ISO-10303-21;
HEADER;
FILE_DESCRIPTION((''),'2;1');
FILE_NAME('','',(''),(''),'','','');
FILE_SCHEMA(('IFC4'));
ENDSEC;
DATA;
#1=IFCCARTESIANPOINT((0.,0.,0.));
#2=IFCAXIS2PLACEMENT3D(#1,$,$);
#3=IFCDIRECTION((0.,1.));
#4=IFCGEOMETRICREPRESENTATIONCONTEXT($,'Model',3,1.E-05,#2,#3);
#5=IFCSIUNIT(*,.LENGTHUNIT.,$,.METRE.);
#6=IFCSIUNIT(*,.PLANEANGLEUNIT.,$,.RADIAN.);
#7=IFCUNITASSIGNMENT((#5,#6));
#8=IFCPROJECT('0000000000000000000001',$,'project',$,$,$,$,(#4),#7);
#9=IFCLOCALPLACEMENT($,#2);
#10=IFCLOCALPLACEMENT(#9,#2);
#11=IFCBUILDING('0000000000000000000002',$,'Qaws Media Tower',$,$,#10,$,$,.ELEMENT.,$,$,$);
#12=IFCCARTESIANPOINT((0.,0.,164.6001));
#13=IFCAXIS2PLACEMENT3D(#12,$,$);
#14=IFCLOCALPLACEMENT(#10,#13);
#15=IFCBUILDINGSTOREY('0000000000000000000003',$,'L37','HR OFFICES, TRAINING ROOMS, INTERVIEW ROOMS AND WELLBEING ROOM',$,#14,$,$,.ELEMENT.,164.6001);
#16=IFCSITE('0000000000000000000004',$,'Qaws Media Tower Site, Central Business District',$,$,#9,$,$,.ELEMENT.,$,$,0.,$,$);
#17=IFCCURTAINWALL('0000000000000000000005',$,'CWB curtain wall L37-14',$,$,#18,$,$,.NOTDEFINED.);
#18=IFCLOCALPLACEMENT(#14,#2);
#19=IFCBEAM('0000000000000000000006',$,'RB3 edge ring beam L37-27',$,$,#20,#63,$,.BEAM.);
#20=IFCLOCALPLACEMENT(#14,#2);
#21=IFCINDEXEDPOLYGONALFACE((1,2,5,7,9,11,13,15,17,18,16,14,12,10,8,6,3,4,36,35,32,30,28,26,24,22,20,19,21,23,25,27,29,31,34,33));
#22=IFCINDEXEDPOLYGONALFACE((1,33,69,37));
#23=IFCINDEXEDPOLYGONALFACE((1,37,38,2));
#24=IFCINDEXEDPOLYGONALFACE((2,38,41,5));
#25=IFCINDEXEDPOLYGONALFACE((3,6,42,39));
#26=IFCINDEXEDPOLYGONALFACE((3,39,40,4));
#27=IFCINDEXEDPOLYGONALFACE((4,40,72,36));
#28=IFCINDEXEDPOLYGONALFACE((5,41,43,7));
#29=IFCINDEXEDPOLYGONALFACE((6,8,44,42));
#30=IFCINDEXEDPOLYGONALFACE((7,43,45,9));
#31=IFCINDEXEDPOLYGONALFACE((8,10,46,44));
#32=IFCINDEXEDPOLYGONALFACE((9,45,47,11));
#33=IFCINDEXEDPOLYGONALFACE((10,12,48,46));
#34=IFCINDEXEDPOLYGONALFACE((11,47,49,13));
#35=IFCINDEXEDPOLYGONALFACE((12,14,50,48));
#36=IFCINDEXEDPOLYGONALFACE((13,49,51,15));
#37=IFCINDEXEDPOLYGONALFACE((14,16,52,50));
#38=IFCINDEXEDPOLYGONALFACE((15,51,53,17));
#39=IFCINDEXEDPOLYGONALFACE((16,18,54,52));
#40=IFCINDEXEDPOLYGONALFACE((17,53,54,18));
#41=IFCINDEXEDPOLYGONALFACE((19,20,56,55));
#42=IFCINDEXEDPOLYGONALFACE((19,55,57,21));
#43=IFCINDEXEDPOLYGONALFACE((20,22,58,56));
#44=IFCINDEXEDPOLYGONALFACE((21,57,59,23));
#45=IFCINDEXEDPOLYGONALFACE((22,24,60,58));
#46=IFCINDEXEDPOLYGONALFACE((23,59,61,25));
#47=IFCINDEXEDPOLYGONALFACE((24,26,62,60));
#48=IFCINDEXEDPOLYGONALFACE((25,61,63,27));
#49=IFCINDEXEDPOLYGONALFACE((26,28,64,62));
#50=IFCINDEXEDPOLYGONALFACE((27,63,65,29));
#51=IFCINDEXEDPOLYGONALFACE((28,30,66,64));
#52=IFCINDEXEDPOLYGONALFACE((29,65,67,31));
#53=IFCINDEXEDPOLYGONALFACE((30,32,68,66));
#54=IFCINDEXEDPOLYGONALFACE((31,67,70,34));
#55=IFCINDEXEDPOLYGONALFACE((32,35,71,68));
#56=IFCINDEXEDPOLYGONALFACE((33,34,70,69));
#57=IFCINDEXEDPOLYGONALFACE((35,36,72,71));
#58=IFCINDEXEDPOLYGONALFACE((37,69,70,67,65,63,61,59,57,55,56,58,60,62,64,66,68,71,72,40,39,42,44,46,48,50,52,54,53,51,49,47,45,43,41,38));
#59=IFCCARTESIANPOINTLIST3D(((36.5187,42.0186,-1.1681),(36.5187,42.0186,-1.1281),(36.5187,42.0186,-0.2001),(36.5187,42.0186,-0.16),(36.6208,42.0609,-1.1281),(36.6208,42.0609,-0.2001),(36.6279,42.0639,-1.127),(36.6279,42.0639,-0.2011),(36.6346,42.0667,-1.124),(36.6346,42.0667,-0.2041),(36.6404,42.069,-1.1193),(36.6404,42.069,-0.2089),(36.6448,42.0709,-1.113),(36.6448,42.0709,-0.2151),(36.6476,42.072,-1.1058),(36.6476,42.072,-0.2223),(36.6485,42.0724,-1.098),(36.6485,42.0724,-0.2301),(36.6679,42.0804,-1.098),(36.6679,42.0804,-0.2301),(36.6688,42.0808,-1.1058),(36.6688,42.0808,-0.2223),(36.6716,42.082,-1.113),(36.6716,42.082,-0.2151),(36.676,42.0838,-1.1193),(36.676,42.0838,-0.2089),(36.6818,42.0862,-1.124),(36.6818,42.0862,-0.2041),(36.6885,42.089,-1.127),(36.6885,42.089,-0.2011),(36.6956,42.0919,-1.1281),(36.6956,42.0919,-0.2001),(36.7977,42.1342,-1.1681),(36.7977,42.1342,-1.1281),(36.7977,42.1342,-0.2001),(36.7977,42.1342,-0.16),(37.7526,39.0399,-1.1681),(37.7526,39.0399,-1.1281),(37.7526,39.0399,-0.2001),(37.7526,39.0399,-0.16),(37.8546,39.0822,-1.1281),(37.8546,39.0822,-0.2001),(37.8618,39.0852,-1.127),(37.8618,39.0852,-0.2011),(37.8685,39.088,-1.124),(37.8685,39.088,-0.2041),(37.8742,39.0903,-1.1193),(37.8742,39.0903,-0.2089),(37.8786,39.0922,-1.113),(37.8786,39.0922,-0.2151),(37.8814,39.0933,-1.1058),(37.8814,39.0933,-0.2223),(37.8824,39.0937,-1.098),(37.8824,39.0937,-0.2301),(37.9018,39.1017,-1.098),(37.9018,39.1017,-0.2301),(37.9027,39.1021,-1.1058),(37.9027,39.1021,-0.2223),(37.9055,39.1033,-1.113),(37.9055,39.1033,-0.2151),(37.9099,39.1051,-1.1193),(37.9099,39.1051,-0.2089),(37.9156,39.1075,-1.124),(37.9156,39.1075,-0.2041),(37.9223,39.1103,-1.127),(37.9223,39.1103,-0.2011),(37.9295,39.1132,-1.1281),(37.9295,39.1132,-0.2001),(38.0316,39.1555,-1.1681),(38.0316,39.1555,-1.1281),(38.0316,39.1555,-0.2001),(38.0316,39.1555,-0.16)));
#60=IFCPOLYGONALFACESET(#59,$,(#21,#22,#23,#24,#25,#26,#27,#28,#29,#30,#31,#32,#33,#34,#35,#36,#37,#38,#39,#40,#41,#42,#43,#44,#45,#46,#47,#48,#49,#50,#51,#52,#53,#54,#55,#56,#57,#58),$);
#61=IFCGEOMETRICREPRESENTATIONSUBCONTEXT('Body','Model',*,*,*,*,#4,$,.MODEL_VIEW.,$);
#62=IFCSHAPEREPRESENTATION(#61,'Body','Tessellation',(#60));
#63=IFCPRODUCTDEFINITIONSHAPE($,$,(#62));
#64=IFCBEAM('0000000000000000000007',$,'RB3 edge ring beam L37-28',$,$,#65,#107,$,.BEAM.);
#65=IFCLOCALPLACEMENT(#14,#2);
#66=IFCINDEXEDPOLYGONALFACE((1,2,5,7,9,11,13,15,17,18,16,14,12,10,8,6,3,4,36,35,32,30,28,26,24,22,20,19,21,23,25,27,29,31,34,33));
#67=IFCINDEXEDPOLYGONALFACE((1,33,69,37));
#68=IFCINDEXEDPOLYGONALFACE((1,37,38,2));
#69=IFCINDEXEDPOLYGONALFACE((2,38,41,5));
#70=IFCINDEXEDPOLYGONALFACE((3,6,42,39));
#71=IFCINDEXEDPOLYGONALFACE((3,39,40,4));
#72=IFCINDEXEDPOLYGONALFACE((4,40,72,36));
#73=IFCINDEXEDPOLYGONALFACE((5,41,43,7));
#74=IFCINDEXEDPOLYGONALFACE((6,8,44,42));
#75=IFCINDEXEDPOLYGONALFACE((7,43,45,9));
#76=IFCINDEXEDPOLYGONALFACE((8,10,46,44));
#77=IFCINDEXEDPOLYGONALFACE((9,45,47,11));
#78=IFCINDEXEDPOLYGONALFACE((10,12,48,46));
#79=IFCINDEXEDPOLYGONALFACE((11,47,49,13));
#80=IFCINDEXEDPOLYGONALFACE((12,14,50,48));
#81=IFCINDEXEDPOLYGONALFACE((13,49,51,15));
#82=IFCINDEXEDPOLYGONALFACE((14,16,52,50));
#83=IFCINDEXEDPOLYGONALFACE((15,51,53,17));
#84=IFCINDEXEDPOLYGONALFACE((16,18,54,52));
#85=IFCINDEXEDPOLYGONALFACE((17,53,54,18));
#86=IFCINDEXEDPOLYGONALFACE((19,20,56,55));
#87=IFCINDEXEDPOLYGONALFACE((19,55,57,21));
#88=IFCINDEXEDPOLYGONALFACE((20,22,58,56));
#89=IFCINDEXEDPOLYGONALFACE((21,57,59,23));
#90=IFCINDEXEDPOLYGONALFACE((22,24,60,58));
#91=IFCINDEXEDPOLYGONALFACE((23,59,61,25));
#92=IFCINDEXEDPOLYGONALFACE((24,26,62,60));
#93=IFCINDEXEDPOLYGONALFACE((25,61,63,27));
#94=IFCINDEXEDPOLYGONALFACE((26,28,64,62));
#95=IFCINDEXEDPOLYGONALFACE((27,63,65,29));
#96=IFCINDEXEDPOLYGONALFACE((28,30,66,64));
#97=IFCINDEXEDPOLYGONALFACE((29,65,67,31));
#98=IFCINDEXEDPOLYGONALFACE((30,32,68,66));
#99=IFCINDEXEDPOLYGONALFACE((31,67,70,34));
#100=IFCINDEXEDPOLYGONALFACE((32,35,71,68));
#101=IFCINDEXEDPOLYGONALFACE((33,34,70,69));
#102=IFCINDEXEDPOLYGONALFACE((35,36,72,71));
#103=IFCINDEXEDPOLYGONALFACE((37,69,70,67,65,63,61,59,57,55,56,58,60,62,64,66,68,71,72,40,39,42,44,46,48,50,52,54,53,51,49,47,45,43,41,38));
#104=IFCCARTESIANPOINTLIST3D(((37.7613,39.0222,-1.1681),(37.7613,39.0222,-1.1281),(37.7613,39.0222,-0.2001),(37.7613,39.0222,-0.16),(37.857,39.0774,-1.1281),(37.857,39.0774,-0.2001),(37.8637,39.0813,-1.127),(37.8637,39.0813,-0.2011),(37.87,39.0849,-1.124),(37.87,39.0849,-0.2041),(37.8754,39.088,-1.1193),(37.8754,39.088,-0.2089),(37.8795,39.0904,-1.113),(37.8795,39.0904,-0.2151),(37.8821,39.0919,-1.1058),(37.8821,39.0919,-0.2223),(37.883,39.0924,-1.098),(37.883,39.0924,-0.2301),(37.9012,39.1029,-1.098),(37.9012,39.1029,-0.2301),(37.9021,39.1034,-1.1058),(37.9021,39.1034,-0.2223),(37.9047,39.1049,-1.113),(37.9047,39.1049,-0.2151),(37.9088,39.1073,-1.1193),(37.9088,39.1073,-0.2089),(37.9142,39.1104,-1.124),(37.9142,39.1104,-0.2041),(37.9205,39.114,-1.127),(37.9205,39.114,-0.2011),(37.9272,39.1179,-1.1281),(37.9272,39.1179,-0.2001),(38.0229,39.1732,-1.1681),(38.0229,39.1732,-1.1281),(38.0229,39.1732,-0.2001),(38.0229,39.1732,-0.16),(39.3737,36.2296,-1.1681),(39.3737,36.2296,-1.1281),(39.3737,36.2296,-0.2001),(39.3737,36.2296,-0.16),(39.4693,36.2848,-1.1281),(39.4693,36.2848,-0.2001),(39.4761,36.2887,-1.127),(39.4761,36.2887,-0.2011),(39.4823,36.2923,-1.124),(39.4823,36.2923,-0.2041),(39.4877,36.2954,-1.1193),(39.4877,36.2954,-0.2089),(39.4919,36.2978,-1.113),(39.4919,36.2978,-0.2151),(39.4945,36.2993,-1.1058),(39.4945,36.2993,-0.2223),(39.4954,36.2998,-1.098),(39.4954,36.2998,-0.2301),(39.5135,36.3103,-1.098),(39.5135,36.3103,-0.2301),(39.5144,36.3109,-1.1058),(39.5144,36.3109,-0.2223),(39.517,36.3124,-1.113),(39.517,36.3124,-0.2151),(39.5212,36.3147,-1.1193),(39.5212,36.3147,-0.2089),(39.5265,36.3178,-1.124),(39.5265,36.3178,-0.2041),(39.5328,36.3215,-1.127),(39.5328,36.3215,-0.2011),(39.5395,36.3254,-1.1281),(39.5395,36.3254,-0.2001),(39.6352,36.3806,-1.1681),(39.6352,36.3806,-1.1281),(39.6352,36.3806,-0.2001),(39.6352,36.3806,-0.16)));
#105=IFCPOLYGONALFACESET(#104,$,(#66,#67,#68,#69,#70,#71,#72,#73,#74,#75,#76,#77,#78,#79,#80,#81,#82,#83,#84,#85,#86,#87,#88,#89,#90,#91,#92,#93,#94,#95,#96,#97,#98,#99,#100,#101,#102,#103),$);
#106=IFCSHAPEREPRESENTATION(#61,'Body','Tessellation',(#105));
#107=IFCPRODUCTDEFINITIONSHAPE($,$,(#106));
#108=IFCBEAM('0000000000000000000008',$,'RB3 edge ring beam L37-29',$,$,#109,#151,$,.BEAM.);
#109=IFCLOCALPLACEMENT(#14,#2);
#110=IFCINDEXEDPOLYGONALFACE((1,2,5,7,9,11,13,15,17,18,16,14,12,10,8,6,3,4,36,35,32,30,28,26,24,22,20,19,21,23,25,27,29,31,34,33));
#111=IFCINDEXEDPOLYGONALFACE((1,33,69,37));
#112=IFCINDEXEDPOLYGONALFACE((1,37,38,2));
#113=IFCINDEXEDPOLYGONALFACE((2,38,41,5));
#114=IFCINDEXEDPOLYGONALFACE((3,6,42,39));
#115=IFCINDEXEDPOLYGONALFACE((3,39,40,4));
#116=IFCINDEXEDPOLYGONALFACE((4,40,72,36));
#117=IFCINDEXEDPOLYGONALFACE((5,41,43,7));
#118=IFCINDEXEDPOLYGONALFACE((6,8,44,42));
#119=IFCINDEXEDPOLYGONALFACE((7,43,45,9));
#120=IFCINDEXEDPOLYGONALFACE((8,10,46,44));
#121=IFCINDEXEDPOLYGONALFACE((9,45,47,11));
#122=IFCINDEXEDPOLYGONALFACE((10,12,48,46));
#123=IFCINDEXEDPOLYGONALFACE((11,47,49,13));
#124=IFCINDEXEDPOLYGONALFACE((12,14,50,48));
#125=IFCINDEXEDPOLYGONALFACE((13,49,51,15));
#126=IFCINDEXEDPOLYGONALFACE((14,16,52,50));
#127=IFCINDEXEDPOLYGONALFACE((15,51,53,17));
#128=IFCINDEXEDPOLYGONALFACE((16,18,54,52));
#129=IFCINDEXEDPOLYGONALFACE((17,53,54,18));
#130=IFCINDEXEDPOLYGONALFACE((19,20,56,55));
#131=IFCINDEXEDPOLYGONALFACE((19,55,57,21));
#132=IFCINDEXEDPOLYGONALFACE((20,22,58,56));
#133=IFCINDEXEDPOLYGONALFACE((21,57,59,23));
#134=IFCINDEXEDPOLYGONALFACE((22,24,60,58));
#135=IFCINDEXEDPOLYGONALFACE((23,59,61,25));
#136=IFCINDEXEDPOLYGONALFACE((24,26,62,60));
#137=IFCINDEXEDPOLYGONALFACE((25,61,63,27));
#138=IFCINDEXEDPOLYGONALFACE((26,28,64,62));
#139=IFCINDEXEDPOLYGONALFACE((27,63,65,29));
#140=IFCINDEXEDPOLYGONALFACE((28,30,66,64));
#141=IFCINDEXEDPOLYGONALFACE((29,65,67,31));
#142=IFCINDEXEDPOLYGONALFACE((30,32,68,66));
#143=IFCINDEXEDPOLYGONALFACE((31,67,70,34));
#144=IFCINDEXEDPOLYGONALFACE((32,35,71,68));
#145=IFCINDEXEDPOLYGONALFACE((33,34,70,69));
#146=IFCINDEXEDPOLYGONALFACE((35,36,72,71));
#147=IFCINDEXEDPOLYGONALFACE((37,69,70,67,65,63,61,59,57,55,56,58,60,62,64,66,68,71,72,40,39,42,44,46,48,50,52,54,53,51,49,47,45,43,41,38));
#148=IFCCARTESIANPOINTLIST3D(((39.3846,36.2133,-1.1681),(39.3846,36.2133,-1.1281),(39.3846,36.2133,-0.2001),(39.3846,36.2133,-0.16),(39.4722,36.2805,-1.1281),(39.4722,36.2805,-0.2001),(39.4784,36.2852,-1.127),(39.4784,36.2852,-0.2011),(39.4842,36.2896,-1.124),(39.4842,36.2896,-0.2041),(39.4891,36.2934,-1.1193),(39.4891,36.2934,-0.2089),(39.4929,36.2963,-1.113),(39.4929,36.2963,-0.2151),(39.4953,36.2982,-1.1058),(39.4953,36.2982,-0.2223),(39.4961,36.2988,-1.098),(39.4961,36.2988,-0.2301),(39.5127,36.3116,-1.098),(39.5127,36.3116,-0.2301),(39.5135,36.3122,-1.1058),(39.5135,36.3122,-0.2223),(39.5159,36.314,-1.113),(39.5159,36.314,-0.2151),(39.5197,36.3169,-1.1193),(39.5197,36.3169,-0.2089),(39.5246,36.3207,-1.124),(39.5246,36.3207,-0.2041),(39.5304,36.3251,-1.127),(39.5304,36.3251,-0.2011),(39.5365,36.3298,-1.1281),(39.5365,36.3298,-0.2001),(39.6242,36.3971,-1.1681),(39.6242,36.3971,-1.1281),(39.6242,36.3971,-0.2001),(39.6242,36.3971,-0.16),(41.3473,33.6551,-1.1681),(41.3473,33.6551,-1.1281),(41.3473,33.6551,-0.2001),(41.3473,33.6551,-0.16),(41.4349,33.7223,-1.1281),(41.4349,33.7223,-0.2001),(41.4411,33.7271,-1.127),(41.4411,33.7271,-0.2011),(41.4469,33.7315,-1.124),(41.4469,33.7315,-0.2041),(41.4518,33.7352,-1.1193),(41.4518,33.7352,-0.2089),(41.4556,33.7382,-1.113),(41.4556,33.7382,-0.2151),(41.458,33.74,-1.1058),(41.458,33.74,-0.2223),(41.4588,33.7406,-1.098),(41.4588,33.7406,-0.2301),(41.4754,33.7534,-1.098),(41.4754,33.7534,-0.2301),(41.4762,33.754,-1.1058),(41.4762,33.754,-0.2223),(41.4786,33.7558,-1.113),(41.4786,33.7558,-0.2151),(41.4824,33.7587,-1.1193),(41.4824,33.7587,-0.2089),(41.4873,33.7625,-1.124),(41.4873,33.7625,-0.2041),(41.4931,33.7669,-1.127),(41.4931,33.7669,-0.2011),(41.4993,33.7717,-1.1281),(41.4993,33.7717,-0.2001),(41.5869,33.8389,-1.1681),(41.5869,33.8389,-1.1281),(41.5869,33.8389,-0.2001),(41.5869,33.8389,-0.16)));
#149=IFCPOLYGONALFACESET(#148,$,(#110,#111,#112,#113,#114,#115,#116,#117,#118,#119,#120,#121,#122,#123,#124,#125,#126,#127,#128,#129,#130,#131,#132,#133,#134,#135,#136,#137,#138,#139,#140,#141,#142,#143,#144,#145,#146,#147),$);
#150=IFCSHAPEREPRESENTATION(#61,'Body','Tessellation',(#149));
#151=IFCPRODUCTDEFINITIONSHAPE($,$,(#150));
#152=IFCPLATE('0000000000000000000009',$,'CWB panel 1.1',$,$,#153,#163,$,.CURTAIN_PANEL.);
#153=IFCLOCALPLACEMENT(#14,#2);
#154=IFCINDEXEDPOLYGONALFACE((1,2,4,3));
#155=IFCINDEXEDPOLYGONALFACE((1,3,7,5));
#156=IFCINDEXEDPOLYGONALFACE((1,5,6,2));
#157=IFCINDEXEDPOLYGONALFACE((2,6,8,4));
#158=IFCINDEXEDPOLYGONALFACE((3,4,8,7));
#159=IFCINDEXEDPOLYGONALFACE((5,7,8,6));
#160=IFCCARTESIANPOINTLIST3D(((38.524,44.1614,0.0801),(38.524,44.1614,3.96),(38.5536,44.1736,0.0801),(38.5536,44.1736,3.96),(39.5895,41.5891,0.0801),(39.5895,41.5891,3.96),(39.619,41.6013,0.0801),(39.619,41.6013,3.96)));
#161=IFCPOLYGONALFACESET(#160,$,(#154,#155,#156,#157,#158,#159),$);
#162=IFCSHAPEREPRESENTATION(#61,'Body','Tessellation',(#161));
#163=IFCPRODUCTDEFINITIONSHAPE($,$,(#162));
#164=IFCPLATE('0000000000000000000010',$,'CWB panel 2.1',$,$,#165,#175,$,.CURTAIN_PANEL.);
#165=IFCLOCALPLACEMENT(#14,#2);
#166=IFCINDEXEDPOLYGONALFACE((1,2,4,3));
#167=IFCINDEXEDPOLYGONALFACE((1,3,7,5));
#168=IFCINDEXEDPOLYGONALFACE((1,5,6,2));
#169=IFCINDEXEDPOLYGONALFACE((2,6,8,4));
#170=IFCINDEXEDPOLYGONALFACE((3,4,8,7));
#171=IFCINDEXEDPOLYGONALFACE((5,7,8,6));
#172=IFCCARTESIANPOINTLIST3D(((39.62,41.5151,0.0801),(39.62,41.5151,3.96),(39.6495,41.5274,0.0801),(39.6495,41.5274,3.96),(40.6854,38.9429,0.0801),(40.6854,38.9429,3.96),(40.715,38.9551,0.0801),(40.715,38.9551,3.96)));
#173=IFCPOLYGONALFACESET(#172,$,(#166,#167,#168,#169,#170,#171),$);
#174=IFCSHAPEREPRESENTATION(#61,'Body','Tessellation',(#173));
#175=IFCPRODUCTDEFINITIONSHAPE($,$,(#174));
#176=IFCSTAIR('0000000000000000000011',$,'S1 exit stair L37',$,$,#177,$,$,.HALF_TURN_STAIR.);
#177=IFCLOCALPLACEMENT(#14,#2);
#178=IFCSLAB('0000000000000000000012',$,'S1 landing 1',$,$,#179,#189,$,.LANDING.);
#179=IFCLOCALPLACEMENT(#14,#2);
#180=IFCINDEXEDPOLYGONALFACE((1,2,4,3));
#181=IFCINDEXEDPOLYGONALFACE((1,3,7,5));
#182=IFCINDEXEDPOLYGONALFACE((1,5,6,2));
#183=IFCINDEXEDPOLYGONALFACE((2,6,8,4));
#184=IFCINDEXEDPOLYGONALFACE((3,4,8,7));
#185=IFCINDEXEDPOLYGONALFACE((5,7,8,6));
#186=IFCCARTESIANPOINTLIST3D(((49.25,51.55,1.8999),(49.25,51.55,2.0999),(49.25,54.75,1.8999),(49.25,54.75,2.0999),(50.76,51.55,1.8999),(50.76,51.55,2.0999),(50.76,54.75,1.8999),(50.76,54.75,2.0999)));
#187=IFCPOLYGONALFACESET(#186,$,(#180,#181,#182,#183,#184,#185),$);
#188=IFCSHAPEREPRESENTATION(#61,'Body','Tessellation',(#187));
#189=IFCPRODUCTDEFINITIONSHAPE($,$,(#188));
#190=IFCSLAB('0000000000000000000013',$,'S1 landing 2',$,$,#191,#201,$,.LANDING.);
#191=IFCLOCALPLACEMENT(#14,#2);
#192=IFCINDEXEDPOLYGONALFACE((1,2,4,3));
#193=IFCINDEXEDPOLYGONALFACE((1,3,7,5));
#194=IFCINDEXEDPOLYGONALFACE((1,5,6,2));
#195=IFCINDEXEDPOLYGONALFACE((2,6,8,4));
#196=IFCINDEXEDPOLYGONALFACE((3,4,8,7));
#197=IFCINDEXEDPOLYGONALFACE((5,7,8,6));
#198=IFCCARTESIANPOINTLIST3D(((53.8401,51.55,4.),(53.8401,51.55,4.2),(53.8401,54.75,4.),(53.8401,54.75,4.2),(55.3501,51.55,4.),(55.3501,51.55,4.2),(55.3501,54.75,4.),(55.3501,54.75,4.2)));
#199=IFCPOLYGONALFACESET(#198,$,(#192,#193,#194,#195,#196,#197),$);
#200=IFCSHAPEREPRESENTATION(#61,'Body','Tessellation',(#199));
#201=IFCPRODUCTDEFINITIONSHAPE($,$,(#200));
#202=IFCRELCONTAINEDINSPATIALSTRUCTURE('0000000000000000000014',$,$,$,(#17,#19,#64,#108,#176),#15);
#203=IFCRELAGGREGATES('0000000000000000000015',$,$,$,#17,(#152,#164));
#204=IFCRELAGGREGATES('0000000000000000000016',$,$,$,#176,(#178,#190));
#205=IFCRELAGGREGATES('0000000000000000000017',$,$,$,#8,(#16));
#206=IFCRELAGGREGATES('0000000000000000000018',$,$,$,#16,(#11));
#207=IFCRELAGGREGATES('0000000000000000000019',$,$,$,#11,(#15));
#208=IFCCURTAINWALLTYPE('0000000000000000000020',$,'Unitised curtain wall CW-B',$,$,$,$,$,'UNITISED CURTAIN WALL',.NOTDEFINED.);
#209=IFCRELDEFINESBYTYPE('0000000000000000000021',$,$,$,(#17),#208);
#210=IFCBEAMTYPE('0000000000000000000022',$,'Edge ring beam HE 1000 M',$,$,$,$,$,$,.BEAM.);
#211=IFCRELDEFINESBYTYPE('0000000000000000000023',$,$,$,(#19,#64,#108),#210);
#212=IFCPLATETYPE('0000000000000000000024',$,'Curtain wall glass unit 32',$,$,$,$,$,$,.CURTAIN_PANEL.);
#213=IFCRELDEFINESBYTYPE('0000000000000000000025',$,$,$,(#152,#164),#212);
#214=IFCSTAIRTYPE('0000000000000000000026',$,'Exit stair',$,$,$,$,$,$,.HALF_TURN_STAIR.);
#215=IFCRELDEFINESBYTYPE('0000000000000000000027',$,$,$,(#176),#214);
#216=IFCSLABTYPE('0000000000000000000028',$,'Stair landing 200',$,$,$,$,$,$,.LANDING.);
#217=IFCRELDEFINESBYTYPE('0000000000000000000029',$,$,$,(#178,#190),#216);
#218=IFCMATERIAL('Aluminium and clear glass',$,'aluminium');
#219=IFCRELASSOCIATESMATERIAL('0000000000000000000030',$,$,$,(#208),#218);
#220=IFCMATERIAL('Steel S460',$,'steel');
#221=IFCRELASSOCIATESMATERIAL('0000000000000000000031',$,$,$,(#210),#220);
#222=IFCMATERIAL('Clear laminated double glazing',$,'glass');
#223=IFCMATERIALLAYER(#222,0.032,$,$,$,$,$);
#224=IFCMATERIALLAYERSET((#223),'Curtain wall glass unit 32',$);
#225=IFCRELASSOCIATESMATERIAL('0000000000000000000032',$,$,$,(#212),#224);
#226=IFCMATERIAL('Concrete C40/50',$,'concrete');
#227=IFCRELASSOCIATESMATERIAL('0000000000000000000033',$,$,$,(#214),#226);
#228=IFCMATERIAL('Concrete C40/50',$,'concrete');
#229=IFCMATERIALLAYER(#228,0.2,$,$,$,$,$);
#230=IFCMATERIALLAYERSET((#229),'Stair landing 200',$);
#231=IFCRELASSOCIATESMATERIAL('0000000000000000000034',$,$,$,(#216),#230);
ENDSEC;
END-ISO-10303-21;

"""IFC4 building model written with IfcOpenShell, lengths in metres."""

from ifc_helpers import new_model, si_unit, direction, frame, origin, origin_2d, place, context, subcontext, project, spatial, polyline, rectangle, i_section, outline, extrude, material, layer, layer_set, material_profile, profile_set, type_object, element, aggregate, save


model = new_model("IFC4")

# Units and contexts
model_context = context("Model", 3, precision=1e-05, world=origin(), true_north=direction((0.0, 1.0)))
body_context = subcontext(model_context, "Body", "Model", "MODEL_VIEW")
ifc_project = project(units=[si_unit("LENGTHUNIT", "METRE"), si_unit("PLANEANGLEUNIT", "RADIAN")], contexts=[model_context])

# Site, building, storey
site_placement = place(None, origin())
site = spatial("IfcSite", under=ifc_project, at=site_placement, Name="Qaws Media Tower Site, Central Business District", CompositionType="ELEMENT", RefElevation=0.0)
building_placement = place(site_placement, origin())
building = spatial("IfcBuilding", under=site, at=building_placement, Name="Qaws Media Tower", CompositionType="ELEMENT")
storey_placement = place(building_placement, frame((0.0, 0.0, 164.6001)))
storey = spatial("IfcBuildingStorey", under=building, at=storey_placement, Name="L37", Description="HR OFFICES, TRAINING ROOMS, INTERVIEW ROOMS AND WELLBEING ROOM", CompositionType="ELEMENT", Elevation=164.6001)

# Curtain wall
ifc_material_1 = material(Name="Aluminium and clear glass", Category="aluminium")
curtain_wall_type = type_object("IfcCurtainWallType", Name="Unitised curtain wall CW-B", ElementType="UNITISED CURTAIN WALL", PredefinedType="NOTDEFINED", material=ifc_material_1)
curtain_wall_placement = place(storey_placement, origin())
curtain_wall = element("IfcCurtainWall", 1, at=curtain_wall_placement, inside=storey, type_object=curtain_wall_type, Name="CWB curtain wall L37-14", PredefinedType="NOTDEFINED")

# Beams
ifc_material_2 = material(Name="Steel S460", Category="steel")
ifc_material_profile_1 = material_profile(ifc_material_2, i_section(OverallWidth=0.302, OverallDepth=1.0081, WebThickness=0.021, FlangeThickness=0.04, FilletRadius=0.03, at=origin_2d()), Name="HE 1000 M")
ifc_profile_set_1 = profile_set([ifc_material_profile_1], Name="Steel S460")
beam_type = type_object("IfcBeamType", Name="Edge ring beam HE 1000 M", PredefinedType="BEAM", material=ifc_profile_set_1)
beam_1_placement = place(storey_placement, frame((36.6582, 42.0764, -0.6641), z_axis=(0.382695, -0.923875, 0.0), x_axis=(0.923875, 0.382695, 0.0)))
element("IfcBeam", 2, at=beam_1_placement, inside=storey, type_object=beam_type, Name="RB3 edge ring beam L37-27", PredefinedType="BEAM", context=body_context, shape_type="SweptSolid", body=[
    extrude(i_section(OverallWidth=0.302, OverallDepth=1.0081, WebThickness=0.021, FlangeThickness=0.04, FilletRadius=0.03, at=origin_2d()), origin(), (0.0, 0.0, 1.0), 3.2241),
])
beam_2_placement = place(storey_placement, frame((37.8921, 39.0977, -0.6641), z_axis=(0.500015, -0.866017, 0.0), x_axis=(0.866017, 0.500015, 0.0)))
element("IfcBeam", 3, at=beam_2_placement, inside=storey, type_object=beam_type, Name="RB3 edge ring beam L37-28", PredefinedType="BEAM", context=body_context, shape_type="SweptSolid", body=[
    extrude(i_section(OverallWidth=0.302, OverallDepth=1.0081, WebThickness=0.021, FlangeThickness=0.04, FilletRadius=0.03, at=origin_2d()), origin(), (0.0, 0.0, 1.0), 3.2246),
])
beam_3_placement = place(storey_placement, frame((39.5044, 36.3052, -0.6641), z_axis=(0.608711, -0.793392, 0.0), x_axis=(0.793392, 0.608711, 0.0)))
element("IfcBeam", 4, at=beam_3_placement, inside=storey, type_object=beam_type, Name="RB3 edge ring beam L37-29", PredefinedType="BEAM", context=body_context, shape_type="SweptSolid", body=[
    extrude(i_section(OverallWidth=0.302, OverallDepth=1.0081, WebThickness=0.021, FlangeThickness=0.04, FilletRadius=0.03, at=origin_2d()), origin(), (0.0, 0.0, 1.0), 3.2244),
])

# Plates
ifc_material_3 = material(Name="Clear laminated double glazing", Category="glass")
ifc_layer_1 = layer(ifc_material_3, 0.032)
ifc_layer_set_1 = layer_set([ifc_layer_1], Name="Curtain wall glass unit 32")
plate_type = type_object("IfcPlateType", Name="Curtain wall glass unit 32", PredefinedType="CURTAIN_PANEL", material=ifc_layer_set_1)
plate_1_placement = place(storey_placement, frame((39.0715, 42.8813, 0.0801), z_axis=(0.0, 0.0, 1.0), x_axis=(0.382684, -0.923879, 0.0)))
plate_1 = element("IfcPlate", 5, at=plate_1_placement, type_object=plate_type, Name="CWB panel 1.1", PredefinedType="CURTAIN_PANEL", context=body_context, shape_type="SweptSolid", body=[
    extrude(rectangle(XDim=2.7842, YDim=0.032, at=origin_2d()), origin(), (0.0, 0.0, 1.0), 3.8799),
])
plate_2_placement = place(storey_placement, frame((40.1675, 40.2351, 0.0801), z_axis=(0.0, 0.0, 1.0), x_axis=(0.382684, -0.923879, 0.0)))
plate_2 = element("IfcPlate", 6, at=plate_2_placement, type_object=plate_type, Name="CWB panel 2.1", PredefinedType="CURTAIN_PANEL", context=body_context, shape_type="SweptSolid", body=[
    extrude(rectangle(XDim=2.7842, YDim=0.032, at=origin_2d()), origin(), (0.0, 0.0, 1.0), 3.8799),
])
aggregate(curtain_wall, [plate_1, plate_2])

# Stair, slabs
ifc_material_4 = material(Name="Concrete C40/50", Category="concrete")
stair_type = type_object("IfcStairType", Name="Exit stair", PredefinedType="HALF_TURN_STAIR", material=ifc_material_4)
stair_1_placement = place(storey_placement, origin())
stair_1 = element("IfcStair", 7, at=stair_1_placement, inside=storey, type_object=stair_type, Name="S1 exit stair L37", PredefinedType="HALF_TURN_STAIR")
ifc_material_5 = material(Name="Concrete C40/50", Category="concrete")
ifc_layer_2 = layer(ifc_material_5, 0.2)
ifc_layer_set_2 = layer_set([ifc_layer_2], Name="Stair landing 200")
slab_type = type_object("IfcSlabType", Name="Stair landing 200", PredefinedType="LANDING", material=ifc_layer_set_2)
slab_1_placement = place(storey_placement, frame((0.0, 0.0, 1.8999)))
slab_1 = element("IfcSlab", 8, at=slab_1_placement, type_object=slab_type, Name="S1 landing 1", PredefinedType="LANDING", context=body_context, shape_type="SweptSolid", body=[
    extrude(outline(polyline([(49.25, 51.55), (50.76, 51.55), (50.76, 54.75), (49.25, 54.75), (49.25, 51.55)])), origin(), (0.0, 0.0, 1.0), 0.2),
])
slab_2_placement = place(storey_placement, frame((0.0, 0.0, 4.0)))
slab_2 = element("IfcSlab", 9, at=slab_2_placement, type_object=slab_type, Name="S1 landing 2", PredefinedType="LANDING", context=body_context, shape_type="SweptSolid", body=[
    extrude(outline(polyline([(53.8401, 51.55), (55.3501, 51.55), (55.3501, 54.75), (53.8401, 54.75), (53.8401, 51.55)])), origin(), (0.0, 0.0, 1.0), 0.2),
])
aggregate(stair_1, [slab_1, slab_2])

save(model, "model.ifc")
